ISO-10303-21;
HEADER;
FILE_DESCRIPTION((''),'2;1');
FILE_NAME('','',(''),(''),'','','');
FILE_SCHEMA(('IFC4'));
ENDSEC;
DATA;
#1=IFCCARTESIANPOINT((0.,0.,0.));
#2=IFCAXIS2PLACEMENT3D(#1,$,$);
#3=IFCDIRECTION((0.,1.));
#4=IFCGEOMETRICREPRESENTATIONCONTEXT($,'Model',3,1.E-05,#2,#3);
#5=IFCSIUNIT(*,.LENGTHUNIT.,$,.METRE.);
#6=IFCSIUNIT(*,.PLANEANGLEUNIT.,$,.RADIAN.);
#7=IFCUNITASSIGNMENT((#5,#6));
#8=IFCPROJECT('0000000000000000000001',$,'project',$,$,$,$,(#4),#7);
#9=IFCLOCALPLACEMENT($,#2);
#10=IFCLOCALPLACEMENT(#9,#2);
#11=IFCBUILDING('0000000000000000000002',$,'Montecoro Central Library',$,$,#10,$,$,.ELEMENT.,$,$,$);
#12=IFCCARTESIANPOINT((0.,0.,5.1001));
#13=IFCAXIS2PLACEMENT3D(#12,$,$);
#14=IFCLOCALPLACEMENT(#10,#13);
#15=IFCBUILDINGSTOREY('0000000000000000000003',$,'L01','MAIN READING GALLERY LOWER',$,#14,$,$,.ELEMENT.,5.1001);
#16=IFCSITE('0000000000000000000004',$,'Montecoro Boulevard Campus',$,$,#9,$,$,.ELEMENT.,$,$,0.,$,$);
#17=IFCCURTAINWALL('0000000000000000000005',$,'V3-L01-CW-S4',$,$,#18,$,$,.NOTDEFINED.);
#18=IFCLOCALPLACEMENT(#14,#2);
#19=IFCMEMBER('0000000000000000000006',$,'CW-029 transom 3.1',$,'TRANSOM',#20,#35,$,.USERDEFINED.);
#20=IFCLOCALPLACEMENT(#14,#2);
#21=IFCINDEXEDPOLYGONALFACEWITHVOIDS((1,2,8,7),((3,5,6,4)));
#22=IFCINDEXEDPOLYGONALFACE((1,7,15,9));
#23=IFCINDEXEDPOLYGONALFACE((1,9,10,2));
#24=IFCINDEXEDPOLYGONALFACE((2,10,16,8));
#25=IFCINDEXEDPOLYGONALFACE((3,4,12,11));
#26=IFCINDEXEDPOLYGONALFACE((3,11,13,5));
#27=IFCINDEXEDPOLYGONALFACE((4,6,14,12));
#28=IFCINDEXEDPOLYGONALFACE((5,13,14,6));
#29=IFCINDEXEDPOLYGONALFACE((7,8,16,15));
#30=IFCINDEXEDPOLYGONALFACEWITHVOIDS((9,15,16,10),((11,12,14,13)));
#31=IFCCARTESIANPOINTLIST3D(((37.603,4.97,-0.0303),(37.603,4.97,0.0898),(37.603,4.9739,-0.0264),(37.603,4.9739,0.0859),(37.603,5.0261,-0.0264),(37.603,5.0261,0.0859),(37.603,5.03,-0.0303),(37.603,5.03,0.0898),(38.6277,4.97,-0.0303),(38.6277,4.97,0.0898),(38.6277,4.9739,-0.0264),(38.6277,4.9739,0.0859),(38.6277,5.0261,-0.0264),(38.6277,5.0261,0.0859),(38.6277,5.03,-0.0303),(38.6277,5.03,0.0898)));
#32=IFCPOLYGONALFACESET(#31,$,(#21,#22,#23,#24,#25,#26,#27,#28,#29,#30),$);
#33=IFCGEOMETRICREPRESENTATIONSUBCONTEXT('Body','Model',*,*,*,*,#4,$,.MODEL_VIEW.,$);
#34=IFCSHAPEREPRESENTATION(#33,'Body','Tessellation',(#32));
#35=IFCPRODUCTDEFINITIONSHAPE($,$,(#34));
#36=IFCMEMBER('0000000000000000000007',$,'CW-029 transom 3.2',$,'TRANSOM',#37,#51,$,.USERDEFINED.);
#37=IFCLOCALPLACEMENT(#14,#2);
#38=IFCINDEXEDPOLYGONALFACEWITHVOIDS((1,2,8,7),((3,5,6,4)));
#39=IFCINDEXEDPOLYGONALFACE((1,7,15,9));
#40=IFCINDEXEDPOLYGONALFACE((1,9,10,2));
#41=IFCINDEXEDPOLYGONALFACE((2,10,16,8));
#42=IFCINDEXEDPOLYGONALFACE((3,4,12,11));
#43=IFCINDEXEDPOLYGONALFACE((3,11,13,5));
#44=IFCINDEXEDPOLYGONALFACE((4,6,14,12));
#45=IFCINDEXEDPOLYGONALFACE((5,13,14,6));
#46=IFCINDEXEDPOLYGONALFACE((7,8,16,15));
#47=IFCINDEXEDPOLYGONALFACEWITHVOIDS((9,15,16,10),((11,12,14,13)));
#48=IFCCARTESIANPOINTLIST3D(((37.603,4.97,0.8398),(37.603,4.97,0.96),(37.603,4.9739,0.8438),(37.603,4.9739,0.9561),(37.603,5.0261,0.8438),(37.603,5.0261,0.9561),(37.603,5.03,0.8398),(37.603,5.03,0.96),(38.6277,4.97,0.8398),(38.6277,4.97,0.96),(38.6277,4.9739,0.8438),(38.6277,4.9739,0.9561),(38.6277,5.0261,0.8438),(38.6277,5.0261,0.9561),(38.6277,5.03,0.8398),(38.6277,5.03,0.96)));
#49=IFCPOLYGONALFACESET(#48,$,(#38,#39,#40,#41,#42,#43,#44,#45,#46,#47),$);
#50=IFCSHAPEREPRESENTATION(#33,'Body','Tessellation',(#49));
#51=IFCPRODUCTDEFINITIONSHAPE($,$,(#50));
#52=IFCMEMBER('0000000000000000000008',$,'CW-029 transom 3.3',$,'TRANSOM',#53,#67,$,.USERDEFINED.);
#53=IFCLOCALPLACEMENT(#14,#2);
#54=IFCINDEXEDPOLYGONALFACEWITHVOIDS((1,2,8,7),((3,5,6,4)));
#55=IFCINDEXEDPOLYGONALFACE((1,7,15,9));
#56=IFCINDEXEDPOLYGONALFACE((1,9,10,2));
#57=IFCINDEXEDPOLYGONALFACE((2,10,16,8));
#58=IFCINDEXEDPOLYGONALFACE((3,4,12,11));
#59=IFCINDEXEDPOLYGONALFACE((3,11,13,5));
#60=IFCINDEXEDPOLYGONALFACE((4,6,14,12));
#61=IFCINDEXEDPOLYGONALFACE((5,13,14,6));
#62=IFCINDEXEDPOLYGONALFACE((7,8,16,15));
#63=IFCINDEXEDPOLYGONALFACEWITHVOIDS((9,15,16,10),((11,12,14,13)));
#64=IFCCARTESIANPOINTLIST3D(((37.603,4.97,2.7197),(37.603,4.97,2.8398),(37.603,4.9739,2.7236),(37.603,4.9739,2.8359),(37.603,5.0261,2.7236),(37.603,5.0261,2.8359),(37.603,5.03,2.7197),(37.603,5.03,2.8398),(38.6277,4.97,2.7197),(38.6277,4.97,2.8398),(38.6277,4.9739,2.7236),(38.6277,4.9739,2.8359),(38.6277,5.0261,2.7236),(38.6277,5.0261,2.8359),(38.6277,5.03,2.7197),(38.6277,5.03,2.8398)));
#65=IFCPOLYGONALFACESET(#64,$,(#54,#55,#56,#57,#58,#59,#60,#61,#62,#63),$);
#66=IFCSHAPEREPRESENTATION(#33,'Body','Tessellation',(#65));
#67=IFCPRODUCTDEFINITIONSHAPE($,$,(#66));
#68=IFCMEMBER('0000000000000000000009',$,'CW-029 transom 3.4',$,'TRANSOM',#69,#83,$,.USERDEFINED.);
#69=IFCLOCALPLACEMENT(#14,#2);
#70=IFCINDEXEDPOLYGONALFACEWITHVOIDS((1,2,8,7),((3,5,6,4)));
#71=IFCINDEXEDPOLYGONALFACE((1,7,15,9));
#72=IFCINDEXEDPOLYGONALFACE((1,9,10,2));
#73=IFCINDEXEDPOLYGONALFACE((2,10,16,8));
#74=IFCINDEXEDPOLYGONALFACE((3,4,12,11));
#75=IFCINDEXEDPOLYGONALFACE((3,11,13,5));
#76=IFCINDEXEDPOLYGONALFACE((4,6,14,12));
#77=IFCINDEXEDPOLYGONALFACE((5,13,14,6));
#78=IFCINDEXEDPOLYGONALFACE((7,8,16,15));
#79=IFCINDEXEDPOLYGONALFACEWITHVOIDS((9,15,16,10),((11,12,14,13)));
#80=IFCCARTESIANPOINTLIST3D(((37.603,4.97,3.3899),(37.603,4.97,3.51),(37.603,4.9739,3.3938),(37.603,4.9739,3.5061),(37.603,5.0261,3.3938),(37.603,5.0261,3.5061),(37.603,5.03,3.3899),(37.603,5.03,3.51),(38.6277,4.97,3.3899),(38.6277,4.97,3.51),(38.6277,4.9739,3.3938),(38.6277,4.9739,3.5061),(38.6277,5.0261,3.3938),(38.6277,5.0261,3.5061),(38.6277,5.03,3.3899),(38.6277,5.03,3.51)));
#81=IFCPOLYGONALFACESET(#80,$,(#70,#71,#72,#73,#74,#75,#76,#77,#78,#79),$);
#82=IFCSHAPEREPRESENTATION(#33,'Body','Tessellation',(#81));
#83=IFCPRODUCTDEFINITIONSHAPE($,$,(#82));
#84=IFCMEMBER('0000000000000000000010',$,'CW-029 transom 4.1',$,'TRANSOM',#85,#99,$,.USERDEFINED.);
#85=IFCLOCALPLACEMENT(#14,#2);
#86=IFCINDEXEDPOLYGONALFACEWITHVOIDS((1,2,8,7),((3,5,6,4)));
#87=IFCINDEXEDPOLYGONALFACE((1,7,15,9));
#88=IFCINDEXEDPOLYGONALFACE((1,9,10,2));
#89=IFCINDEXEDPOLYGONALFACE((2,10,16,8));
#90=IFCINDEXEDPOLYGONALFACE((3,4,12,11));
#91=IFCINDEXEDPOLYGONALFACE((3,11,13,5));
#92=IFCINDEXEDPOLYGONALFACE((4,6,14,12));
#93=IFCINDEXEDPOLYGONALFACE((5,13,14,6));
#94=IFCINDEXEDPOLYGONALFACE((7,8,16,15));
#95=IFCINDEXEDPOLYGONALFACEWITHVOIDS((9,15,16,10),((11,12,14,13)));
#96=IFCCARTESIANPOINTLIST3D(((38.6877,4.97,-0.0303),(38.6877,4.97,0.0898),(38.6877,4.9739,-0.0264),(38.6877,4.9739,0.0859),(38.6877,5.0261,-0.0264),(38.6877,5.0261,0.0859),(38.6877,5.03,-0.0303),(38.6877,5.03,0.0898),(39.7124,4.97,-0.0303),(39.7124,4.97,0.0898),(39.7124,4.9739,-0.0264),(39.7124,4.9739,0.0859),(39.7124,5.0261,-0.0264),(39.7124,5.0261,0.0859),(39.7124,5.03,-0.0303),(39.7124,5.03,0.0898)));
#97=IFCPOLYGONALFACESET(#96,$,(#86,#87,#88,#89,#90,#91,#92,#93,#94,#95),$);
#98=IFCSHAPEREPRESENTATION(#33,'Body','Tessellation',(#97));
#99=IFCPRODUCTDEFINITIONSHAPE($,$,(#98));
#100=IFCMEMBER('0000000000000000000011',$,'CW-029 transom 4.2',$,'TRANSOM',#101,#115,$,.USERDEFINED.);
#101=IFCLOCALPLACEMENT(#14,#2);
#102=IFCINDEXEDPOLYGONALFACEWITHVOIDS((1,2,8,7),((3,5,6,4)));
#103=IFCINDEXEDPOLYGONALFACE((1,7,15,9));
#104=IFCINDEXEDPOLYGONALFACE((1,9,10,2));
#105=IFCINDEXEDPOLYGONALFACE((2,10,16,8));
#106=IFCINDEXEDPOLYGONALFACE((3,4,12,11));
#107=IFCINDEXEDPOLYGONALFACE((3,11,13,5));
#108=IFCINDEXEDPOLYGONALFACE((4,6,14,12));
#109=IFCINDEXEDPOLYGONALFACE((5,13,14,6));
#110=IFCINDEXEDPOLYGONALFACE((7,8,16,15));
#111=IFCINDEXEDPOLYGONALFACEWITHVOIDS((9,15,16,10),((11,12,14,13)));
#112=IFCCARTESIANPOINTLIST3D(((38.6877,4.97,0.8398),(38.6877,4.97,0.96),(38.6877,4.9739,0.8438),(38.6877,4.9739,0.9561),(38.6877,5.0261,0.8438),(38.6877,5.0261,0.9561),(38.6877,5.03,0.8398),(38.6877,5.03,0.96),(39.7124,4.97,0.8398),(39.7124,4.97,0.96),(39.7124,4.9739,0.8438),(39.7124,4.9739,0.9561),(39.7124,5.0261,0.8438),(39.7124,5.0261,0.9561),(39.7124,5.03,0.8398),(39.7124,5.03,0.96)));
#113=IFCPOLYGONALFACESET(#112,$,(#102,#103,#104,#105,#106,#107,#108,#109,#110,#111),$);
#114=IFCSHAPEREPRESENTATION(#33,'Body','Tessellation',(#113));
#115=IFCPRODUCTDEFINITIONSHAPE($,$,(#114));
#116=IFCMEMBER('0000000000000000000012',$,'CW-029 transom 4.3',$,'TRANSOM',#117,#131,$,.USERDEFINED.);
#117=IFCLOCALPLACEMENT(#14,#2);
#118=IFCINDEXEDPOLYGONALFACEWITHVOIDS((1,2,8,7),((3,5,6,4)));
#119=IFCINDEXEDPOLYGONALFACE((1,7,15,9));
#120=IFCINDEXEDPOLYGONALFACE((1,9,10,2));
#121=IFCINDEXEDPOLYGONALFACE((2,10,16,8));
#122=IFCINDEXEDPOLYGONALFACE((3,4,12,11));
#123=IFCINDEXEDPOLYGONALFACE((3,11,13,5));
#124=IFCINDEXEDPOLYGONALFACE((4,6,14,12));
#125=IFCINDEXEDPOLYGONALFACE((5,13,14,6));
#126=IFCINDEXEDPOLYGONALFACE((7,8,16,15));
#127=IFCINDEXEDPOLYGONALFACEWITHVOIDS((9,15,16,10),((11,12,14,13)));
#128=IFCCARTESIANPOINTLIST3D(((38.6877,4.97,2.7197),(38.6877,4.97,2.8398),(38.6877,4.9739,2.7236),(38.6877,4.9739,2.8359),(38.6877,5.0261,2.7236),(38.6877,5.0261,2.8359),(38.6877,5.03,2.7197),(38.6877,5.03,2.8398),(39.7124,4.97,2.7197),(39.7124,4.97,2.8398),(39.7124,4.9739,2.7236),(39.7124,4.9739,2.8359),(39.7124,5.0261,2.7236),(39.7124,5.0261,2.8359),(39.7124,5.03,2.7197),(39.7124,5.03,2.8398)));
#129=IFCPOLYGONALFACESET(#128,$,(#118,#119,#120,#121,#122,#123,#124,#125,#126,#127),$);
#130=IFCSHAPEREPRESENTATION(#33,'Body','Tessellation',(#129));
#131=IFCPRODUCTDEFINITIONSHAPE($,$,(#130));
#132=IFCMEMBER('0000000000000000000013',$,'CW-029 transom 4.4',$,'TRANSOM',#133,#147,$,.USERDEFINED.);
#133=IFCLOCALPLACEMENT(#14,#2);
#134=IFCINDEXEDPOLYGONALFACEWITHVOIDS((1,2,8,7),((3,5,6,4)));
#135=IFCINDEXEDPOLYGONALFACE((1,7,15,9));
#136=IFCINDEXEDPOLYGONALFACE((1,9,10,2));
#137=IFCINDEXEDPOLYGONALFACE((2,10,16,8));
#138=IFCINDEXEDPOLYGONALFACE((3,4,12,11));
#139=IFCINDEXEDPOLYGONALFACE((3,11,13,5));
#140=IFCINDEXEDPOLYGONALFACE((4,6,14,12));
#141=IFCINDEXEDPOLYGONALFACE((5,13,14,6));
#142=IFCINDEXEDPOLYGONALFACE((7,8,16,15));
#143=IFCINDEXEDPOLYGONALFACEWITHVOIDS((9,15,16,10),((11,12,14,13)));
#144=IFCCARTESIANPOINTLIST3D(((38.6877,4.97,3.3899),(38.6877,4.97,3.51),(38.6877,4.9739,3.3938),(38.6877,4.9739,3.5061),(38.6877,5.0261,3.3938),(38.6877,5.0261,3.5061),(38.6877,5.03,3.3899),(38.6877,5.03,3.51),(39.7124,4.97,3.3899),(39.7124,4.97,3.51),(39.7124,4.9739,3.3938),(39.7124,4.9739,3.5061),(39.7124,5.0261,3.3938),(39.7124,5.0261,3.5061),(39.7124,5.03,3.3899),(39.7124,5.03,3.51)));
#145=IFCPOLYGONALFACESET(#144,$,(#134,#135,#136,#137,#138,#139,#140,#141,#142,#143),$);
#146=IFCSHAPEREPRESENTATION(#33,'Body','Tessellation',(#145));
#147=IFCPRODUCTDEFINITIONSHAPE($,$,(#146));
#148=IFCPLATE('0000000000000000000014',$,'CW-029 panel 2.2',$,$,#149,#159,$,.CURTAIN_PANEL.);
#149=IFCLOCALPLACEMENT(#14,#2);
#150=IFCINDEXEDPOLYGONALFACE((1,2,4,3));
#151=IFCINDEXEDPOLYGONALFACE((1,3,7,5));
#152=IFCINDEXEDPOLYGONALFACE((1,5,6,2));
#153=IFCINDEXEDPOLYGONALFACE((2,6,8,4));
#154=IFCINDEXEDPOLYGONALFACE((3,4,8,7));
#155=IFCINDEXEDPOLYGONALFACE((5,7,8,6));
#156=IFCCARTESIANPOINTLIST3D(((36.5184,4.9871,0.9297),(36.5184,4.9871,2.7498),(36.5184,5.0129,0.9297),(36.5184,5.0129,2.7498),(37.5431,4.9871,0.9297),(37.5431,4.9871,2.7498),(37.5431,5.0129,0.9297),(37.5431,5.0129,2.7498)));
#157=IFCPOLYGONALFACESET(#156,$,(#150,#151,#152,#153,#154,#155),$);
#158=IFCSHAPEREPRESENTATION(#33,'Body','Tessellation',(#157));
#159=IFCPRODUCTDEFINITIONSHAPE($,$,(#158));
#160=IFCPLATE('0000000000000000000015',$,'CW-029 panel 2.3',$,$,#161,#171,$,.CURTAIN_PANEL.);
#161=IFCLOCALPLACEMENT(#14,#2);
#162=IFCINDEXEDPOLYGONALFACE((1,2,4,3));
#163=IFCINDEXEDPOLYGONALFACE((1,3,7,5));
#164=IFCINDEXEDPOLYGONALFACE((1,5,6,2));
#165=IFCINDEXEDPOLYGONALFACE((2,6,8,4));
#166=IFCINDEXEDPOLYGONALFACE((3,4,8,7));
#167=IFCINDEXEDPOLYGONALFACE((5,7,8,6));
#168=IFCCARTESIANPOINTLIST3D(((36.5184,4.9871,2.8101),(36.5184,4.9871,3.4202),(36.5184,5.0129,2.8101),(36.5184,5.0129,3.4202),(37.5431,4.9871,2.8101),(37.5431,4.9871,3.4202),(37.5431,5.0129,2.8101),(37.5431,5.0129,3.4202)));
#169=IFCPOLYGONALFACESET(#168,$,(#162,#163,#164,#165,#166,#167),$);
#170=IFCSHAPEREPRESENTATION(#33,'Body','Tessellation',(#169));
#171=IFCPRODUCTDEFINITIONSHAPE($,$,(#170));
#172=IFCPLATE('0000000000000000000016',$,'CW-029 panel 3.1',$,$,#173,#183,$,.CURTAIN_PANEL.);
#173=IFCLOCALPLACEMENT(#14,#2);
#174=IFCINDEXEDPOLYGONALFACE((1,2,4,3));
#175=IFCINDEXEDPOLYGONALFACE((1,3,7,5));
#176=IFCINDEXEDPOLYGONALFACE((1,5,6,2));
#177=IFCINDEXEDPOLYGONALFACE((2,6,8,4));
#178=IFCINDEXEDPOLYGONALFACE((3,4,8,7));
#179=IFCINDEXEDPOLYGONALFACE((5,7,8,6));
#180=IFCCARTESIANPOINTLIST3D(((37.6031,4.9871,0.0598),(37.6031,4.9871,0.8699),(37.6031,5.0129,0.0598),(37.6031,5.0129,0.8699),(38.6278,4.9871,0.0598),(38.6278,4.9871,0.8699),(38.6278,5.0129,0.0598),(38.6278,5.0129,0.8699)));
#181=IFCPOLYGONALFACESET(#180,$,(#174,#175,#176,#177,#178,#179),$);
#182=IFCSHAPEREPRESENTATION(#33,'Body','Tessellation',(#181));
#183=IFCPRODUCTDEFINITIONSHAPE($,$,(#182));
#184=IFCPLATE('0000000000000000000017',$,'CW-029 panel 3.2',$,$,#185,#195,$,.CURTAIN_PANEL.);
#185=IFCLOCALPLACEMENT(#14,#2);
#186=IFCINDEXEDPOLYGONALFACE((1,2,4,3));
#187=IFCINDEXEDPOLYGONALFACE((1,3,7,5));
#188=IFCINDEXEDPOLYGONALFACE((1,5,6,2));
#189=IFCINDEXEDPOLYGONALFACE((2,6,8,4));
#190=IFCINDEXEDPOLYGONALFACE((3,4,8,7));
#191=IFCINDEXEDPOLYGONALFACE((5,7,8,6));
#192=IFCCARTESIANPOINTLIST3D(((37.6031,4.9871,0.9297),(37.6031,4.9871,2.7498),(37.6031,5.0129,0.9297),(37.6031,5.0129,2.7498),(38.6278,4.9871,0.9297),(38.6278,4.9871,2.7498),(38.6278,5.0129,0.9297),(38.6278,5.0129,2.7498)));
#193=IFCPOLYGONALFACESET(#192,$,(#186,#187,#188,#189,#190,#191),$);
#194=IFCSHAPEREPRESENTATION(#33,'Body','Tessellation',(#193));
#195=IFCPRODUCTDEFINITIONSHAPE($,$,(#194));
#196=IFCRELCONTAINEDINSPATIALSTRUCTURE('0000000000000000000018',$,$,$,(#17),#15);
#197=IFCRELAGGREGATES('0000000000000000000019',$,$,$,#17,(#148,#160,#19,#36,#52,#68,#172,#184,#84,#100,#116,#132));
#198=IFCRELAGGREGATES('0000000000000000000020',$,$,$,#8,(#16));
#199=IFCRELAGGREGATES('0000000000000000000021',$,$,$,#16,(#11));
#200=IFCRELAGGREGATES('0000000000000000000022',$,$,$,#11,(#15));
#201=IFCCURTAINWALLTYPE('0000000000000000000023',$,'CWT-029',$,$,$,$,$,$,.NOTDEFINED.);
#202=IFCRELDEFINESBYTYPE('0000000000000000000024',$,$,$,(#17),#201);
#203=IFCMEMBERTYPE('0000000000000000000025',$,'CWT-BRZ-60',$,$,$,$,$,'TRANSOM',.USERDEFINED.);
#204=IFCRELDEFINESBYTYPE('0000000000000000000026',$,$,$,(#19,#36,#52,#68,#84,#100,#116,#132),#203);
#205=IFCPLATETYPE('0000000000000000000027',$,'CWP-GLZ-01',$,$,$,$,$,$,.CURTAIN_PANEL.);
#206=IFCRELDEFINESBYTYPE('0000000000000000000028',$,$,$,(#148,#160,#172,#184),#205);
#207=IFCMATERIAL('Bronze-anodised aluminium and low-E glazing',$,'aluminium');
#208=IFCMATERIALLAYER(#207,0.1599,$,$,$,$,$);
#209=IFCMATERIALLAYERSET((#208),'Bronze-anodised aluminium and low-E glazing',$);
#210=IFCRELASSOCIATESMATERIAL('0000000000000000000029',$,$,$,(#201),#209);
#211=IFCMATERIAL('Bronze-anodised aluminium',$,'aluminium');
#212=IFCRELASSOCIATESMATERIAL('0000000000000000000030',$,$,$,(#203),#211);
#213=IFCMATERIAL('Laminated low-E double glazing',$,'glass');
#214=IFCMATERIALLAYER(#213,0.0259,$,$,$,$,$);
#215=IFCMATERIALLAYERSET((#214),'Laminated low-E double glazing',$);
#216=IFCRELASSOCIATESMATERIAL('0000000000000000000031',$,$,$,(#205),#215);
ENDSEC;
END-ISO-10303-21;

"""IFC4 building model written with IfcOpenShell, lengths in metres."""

from ifc_helpers import new_model, si_unit, direction, frame, origin, origin_2d, place, context, subcontext, project, spatial, rectangle, hollow_rectangle, extrude, material, layer, layer_set, material_profile, profile_set, type_object, element, aggregate, save


model = new_model("IFC4")

# Units and contexts
model_context = context("Model", 3, precision=1e-05, world=origin(), true_north=direction((0.0, 1.0)))
body_context = subcontext(model_context, "Body", "Model", "MODEL_VIEW")
ifc_project = project(units=[si_unit("LENGTHUNIT", "METRE"), si_unit("PLANEANGLEUNIT", "RADIAN")], contexts=[model_context])

# Site, building, storey
site_placement = place(None, origin())
site = spatial("IfcSite", under=ifc_project, at=site_placement, Name="Montecoro Boulevard Campus", CompositionType="ELEMENT", RefElevation=0.0)
building_placement = place(site_placement, origin())
building = spatial("IfcBuilding", under=site, at=building_placement, Name="Montecoro Central Library", CompositionType="ELEMENT")
storey_placement = place(building_placement, frame((0.0, 0.0, 5.1001)))
storey = spatial("IfcBuildingStorey", under=building, at=storey_placement, Name="L01", Description="MAIN READING GALLERY LOWER", CompositionType="ELEMENT", Elevation=5.1001)

# Curtain wall, members, plates
ifc_material_1 = material(Name="Bronze-anodised aluminium and low-E glazing", Category="aluminium")
ifc_layer_1 = layer(ifc_material_1, 0.1599)
ifc_layer_set_1 = layer_set([ifc_layer_1], Name="Bronze-anodised aluminium and low-E glazing")
curtain_wall_type = type_object("IfcCurtainWallType", Name="CWT-029", PredefinedType="NOTDEFINED", material=ifc_layer_set_1)
curtain_wall_placement = place(storey_placement, origin())
curtain_wall = element("IfcCurtainWall", 1, at=curtain_wall_placement, inside=storey, type_object=curtain_wall_type, Name="V3-L01-CW-S4", PredefinedType="NOTDEFINED")
ifc_material_2 = material(Name="Bronze-anodised aluminium", Category="aluminium")
ifc_material_profile_1 = material_profile(ifc_material_2, hollow_rectangle(XDim=0.0601, YDim=0.1201, WallThickness=0.0039, at=origin_2d()), Name="CWT 120x60x4.0")
ifc_profile_set_1 = profile_set([ifc_material_profile_1], Name="Bronze-anodised aluminium")
member_type_1 = type_object("IfcMemberType", Name="CWT-BRZ-60", ElementType="TRANSOM", PredefinedType="USERDEFINED", material=ifc_profile_set_1)
member_1_placement = place(storey_placement, frame((37.603, 5.0, 0.0298), z_axis=(1.0, 0.0, 0.0), x_axis=(0.0, 1.0, 0.0)))
member_1 = element("IfcMember", 2, at=member_1_placement, type_object=member_type_1, Name="CW-029 transom 3.1", ObjectType="TRANSOM", PredefinedType="USERDEFINED", context=body_context, shape_type="SweptSolid", body=[
    extrude(hollow_rectangle(XDim=0.0601, YDim=0.1201, WallThickness=0.0039, at=origin_2d()), origin(), (0.0, 0.0, 1.0), 1.0247),
])
member_2_placement = place(storey_placement, frame((37.603, 5.0, 0.8999), z_axis=(1.0, 0.0, 0.0), x_axis=(0.0, 1.0, 0.0)))
member_2 = element("IfcMember", 3, at=member_2_placement, type_object=member_type_1, Name="CW-029 transom 3.2", ObjectType="TRANSOM", PredefinedType="USERDEFINED", context=body_context, shape_type="SweptSolid", body=[
    extrude(hollow_rectangle(XDim=0.0601, YDim=0.1201, WallThickness=0.0039, at=origin_2d()), origin(), (0.0, 0.0, 1.0), 1.0247),
])
member_3_placement = place(storey_placement, frame((37.603, 5.0, 2.7798), z_axis=(1.0, 0.0, 0.0), x_axis=(0.0, 1.0, 0.0)))
member_3 = element("IfcMember", 4, at=member_3_placement, type_object=member_type_1, Name="CW-029 transom 3.3", ObjectType="TRANSOM", PredefinedType="USERDEFINED", context=body_context, shape_type="SweptSolid", body=[
    extrude(hollow_rectangle(XDim=0.0601, YDim=0.1201, WallThickness=0.0039, at=origin_2d()), origin(), (0.0, 0.0, 1.0), 1.0247),
])
member_4_placement = place(storey_placement, frame((37.603, 5.0, 3.45), z_axis=(1.0, 0.0, 0.0), x_axis=(0.0, 1.0, 0.0)))
member_4 = element("IfcMember", 5, at=member_4_placement, type_object=member_type_1, Name="CW-029 transom 3.4", ObjectType="TRANSOM", PredefinedType="USERDEFINED", context=body_context, shape_type="SweptSolid", body=[
    extrude(hollow_rectangle(XDim=0.0601, YDim=0.1201, WallThickness=0.0039, at=origin_2d()), origin(), (0.0, 0.0, 1.0), 1.0247),
])
member_5_placement = place(storey_placement, frame((38.6877, 5.0, 0.0298), z_axis=(1.0, 0.0, 0.0), x_axis=(0.0, 1.0, 0.0)))
member_5 = element("IfcMember", 6, at=member_5_placement, type_object=member_type_1, Name="CW-029 transom 4.1", ObjectType="TRANSOM", PredefinedType="USERDEFINED", context=body_context, shape_type="SweptSolid", body=[
    extrude(hollow_rectangle(XDim=0.0601, YDim=0.1201, WallThickness=0.0039, at=origin_2d()), origin(), (0.0, 0.0, 1.0), 1.0247),
])
member_6_placement = place(storey_placement, frame((38.6877, 5.0, 0.8999), z_axis=(1.0, 0.0, 0.0), x_axis=(0.0, 1.0, 0.0)))
member_6 = element("IfcMember", 7, at=member_6_placement, type_object=member_type_1, Name="CW-029 transom 4.2", ObjectType="TRANSOM", PredefinedType="USERDEFINED", context=body_context, shape_type="SweptSolid", body=[
    extrude(hollow_rectangle(XDim=0.0601, YDim=0.1201, WallThickness=0.0039, at=origin_2d()), origin(), (0.0, 0.0, 1.0), 1.0247),
])
member_7_placement = place(storey_placement, frame((38.6877, 5.0, 2.7798), z_axis=(1.0, 0.0, 0.0), x_axis=(0.0, 1.0, 0.0)))
member_7 = element("IfcMember", 8, at=member_7_placement, type_object=member_type_1, Name="CW-029 transom 4.3", ObjectType="TRANSOM", PredefinedType="USERDEFINED", context=body_context, shape_type="SweptSolid", body=[
    extrude(hollow_rectangle(XDim=0.0601, YDim=0.1201, WallThickness=0.0039, at=origin_2d()), origin(), (0.0, 0.0, 1.0), 1.0247),
])
member_8_placement = place(storey_placement, frame((38.6877, 5.0, 3.45), z_axis=(1.0, 0.0, 0.0), x_axis=(0.0, 1.0, 0.0)))
member_8 = element("IfcMember", 9, at=member_8_placement, type_object=member_type_1, Name="CW-029 transom 4.4", ObjectType="TRANSOM", PredefinedType="USERDEFINED", context=body_context, shape_type="SweptSolid", body=[
    extrude(hollow_rectangle(XDim=0.0601, YDim=0.1201, WallThickness=0.0039, at=origin_2d()), origin(), (0.0, 0.0, 1.0), 1.0247),
])
ifc_material_3 = material(Name="Laminated low-E double glazing", Category="glass")
ifc_layer_2 = layer(ifc_material_3, 0.0259)
ifc_layer_set_2 = layer_set([ifc_layer_2], Name="Laminated low-E double glazing")
plate_type = type_object("IfcPlateType", Name="CWP-GLZ-01", PredefinedType="CURTAIN_PANEL", material=ifc_layer_set_2)
plate_1_placement = place(storey_placement, frame((37.0308, 5.0, 0.9297), z_axis=(0.0, 0.0, 1.0), x_axis=(1.0, 0.0, 0.0)))
plate_1 = element("IfcPlate", 10, at=plate_1_placement, type_object=plate_type, Name="CW-029 panel 2.2", PredefinedType="CURTAIN_PANEL", context=body_context, shape_type="SweptSolid", body=[
    extrude(rectangle(XDim=1.0247, YDim=0.0259, at=origin_2d()), origin(), (0.0, 0.0, 1.0), 1.8201),
])
plate_2_placement = place(storey_placement, frame((37.0308, 5.0, 2.8101), z_axis=(0.0, 0.0, 1.0), x_axis=(1.0, 0.0, 0.0)))
plate_2 = element("IfcPlate", 11, at=plate_2_placement, type_object=plate_type, Name="CW-029 panel 2.3", PredefinedType="CURTAIN_PANEL", context=body_context, shape_type="SweptSolid", body=[
    extrude(rectangle(XDim=1.0247, YDim=0.0259, at=origin_2d()), origin(), (0.0, 0.0, 1.0), 0.6101),
])
plate_3_placement = place(storey_placement, frame((38.1155, 5.0, 0.0598), z_axis=(0.0, 0.0, 1.0), x_axis=(1.0, 0.0, 0.0)))
plate_3 = element("IfcPlate", 12, at=plate_3_placement, type_object=plate_type, Name="CW-029 panel 3.1", PredefinedType="CURTAIN_PANEL", context=body_context, shape_type="SweptSolid", body=[
    extrude(rectangle(XDim=1.0247, YDim=0.0259, at=origin_2d()), origin(), (0.0, 0.0, 1.0), 0.8101),
])
plate_4_placement = place(storey_placement, frame((38.1155, 5.0, 0.9297), z_axis=(0.0, 0.0, 1.0), x_axis=(1.0, 0.0, 0.0)))
plate_4 = element("IfcPlate", 13, at=plate_4_placement, type_object=plate_type, Name="CW-029 panel 3.2", PredefinedType="CURTAIN_PANEL", context=body_context, shape_type="SweptSolid", body=[
    extrude(rectangle(XDim=1.0247, YDim=0.0259, at=origin_2d()), origin(), (0.0, 0.0, 1.0), 1.8201),
])
aggregate(curtain_wall, [plate_1, plate_2, member_1, member_2, member_3, member_4, plate_3, plate_4, member_5, member_6, member_7, member_8])

save(model, "model.ifc")
